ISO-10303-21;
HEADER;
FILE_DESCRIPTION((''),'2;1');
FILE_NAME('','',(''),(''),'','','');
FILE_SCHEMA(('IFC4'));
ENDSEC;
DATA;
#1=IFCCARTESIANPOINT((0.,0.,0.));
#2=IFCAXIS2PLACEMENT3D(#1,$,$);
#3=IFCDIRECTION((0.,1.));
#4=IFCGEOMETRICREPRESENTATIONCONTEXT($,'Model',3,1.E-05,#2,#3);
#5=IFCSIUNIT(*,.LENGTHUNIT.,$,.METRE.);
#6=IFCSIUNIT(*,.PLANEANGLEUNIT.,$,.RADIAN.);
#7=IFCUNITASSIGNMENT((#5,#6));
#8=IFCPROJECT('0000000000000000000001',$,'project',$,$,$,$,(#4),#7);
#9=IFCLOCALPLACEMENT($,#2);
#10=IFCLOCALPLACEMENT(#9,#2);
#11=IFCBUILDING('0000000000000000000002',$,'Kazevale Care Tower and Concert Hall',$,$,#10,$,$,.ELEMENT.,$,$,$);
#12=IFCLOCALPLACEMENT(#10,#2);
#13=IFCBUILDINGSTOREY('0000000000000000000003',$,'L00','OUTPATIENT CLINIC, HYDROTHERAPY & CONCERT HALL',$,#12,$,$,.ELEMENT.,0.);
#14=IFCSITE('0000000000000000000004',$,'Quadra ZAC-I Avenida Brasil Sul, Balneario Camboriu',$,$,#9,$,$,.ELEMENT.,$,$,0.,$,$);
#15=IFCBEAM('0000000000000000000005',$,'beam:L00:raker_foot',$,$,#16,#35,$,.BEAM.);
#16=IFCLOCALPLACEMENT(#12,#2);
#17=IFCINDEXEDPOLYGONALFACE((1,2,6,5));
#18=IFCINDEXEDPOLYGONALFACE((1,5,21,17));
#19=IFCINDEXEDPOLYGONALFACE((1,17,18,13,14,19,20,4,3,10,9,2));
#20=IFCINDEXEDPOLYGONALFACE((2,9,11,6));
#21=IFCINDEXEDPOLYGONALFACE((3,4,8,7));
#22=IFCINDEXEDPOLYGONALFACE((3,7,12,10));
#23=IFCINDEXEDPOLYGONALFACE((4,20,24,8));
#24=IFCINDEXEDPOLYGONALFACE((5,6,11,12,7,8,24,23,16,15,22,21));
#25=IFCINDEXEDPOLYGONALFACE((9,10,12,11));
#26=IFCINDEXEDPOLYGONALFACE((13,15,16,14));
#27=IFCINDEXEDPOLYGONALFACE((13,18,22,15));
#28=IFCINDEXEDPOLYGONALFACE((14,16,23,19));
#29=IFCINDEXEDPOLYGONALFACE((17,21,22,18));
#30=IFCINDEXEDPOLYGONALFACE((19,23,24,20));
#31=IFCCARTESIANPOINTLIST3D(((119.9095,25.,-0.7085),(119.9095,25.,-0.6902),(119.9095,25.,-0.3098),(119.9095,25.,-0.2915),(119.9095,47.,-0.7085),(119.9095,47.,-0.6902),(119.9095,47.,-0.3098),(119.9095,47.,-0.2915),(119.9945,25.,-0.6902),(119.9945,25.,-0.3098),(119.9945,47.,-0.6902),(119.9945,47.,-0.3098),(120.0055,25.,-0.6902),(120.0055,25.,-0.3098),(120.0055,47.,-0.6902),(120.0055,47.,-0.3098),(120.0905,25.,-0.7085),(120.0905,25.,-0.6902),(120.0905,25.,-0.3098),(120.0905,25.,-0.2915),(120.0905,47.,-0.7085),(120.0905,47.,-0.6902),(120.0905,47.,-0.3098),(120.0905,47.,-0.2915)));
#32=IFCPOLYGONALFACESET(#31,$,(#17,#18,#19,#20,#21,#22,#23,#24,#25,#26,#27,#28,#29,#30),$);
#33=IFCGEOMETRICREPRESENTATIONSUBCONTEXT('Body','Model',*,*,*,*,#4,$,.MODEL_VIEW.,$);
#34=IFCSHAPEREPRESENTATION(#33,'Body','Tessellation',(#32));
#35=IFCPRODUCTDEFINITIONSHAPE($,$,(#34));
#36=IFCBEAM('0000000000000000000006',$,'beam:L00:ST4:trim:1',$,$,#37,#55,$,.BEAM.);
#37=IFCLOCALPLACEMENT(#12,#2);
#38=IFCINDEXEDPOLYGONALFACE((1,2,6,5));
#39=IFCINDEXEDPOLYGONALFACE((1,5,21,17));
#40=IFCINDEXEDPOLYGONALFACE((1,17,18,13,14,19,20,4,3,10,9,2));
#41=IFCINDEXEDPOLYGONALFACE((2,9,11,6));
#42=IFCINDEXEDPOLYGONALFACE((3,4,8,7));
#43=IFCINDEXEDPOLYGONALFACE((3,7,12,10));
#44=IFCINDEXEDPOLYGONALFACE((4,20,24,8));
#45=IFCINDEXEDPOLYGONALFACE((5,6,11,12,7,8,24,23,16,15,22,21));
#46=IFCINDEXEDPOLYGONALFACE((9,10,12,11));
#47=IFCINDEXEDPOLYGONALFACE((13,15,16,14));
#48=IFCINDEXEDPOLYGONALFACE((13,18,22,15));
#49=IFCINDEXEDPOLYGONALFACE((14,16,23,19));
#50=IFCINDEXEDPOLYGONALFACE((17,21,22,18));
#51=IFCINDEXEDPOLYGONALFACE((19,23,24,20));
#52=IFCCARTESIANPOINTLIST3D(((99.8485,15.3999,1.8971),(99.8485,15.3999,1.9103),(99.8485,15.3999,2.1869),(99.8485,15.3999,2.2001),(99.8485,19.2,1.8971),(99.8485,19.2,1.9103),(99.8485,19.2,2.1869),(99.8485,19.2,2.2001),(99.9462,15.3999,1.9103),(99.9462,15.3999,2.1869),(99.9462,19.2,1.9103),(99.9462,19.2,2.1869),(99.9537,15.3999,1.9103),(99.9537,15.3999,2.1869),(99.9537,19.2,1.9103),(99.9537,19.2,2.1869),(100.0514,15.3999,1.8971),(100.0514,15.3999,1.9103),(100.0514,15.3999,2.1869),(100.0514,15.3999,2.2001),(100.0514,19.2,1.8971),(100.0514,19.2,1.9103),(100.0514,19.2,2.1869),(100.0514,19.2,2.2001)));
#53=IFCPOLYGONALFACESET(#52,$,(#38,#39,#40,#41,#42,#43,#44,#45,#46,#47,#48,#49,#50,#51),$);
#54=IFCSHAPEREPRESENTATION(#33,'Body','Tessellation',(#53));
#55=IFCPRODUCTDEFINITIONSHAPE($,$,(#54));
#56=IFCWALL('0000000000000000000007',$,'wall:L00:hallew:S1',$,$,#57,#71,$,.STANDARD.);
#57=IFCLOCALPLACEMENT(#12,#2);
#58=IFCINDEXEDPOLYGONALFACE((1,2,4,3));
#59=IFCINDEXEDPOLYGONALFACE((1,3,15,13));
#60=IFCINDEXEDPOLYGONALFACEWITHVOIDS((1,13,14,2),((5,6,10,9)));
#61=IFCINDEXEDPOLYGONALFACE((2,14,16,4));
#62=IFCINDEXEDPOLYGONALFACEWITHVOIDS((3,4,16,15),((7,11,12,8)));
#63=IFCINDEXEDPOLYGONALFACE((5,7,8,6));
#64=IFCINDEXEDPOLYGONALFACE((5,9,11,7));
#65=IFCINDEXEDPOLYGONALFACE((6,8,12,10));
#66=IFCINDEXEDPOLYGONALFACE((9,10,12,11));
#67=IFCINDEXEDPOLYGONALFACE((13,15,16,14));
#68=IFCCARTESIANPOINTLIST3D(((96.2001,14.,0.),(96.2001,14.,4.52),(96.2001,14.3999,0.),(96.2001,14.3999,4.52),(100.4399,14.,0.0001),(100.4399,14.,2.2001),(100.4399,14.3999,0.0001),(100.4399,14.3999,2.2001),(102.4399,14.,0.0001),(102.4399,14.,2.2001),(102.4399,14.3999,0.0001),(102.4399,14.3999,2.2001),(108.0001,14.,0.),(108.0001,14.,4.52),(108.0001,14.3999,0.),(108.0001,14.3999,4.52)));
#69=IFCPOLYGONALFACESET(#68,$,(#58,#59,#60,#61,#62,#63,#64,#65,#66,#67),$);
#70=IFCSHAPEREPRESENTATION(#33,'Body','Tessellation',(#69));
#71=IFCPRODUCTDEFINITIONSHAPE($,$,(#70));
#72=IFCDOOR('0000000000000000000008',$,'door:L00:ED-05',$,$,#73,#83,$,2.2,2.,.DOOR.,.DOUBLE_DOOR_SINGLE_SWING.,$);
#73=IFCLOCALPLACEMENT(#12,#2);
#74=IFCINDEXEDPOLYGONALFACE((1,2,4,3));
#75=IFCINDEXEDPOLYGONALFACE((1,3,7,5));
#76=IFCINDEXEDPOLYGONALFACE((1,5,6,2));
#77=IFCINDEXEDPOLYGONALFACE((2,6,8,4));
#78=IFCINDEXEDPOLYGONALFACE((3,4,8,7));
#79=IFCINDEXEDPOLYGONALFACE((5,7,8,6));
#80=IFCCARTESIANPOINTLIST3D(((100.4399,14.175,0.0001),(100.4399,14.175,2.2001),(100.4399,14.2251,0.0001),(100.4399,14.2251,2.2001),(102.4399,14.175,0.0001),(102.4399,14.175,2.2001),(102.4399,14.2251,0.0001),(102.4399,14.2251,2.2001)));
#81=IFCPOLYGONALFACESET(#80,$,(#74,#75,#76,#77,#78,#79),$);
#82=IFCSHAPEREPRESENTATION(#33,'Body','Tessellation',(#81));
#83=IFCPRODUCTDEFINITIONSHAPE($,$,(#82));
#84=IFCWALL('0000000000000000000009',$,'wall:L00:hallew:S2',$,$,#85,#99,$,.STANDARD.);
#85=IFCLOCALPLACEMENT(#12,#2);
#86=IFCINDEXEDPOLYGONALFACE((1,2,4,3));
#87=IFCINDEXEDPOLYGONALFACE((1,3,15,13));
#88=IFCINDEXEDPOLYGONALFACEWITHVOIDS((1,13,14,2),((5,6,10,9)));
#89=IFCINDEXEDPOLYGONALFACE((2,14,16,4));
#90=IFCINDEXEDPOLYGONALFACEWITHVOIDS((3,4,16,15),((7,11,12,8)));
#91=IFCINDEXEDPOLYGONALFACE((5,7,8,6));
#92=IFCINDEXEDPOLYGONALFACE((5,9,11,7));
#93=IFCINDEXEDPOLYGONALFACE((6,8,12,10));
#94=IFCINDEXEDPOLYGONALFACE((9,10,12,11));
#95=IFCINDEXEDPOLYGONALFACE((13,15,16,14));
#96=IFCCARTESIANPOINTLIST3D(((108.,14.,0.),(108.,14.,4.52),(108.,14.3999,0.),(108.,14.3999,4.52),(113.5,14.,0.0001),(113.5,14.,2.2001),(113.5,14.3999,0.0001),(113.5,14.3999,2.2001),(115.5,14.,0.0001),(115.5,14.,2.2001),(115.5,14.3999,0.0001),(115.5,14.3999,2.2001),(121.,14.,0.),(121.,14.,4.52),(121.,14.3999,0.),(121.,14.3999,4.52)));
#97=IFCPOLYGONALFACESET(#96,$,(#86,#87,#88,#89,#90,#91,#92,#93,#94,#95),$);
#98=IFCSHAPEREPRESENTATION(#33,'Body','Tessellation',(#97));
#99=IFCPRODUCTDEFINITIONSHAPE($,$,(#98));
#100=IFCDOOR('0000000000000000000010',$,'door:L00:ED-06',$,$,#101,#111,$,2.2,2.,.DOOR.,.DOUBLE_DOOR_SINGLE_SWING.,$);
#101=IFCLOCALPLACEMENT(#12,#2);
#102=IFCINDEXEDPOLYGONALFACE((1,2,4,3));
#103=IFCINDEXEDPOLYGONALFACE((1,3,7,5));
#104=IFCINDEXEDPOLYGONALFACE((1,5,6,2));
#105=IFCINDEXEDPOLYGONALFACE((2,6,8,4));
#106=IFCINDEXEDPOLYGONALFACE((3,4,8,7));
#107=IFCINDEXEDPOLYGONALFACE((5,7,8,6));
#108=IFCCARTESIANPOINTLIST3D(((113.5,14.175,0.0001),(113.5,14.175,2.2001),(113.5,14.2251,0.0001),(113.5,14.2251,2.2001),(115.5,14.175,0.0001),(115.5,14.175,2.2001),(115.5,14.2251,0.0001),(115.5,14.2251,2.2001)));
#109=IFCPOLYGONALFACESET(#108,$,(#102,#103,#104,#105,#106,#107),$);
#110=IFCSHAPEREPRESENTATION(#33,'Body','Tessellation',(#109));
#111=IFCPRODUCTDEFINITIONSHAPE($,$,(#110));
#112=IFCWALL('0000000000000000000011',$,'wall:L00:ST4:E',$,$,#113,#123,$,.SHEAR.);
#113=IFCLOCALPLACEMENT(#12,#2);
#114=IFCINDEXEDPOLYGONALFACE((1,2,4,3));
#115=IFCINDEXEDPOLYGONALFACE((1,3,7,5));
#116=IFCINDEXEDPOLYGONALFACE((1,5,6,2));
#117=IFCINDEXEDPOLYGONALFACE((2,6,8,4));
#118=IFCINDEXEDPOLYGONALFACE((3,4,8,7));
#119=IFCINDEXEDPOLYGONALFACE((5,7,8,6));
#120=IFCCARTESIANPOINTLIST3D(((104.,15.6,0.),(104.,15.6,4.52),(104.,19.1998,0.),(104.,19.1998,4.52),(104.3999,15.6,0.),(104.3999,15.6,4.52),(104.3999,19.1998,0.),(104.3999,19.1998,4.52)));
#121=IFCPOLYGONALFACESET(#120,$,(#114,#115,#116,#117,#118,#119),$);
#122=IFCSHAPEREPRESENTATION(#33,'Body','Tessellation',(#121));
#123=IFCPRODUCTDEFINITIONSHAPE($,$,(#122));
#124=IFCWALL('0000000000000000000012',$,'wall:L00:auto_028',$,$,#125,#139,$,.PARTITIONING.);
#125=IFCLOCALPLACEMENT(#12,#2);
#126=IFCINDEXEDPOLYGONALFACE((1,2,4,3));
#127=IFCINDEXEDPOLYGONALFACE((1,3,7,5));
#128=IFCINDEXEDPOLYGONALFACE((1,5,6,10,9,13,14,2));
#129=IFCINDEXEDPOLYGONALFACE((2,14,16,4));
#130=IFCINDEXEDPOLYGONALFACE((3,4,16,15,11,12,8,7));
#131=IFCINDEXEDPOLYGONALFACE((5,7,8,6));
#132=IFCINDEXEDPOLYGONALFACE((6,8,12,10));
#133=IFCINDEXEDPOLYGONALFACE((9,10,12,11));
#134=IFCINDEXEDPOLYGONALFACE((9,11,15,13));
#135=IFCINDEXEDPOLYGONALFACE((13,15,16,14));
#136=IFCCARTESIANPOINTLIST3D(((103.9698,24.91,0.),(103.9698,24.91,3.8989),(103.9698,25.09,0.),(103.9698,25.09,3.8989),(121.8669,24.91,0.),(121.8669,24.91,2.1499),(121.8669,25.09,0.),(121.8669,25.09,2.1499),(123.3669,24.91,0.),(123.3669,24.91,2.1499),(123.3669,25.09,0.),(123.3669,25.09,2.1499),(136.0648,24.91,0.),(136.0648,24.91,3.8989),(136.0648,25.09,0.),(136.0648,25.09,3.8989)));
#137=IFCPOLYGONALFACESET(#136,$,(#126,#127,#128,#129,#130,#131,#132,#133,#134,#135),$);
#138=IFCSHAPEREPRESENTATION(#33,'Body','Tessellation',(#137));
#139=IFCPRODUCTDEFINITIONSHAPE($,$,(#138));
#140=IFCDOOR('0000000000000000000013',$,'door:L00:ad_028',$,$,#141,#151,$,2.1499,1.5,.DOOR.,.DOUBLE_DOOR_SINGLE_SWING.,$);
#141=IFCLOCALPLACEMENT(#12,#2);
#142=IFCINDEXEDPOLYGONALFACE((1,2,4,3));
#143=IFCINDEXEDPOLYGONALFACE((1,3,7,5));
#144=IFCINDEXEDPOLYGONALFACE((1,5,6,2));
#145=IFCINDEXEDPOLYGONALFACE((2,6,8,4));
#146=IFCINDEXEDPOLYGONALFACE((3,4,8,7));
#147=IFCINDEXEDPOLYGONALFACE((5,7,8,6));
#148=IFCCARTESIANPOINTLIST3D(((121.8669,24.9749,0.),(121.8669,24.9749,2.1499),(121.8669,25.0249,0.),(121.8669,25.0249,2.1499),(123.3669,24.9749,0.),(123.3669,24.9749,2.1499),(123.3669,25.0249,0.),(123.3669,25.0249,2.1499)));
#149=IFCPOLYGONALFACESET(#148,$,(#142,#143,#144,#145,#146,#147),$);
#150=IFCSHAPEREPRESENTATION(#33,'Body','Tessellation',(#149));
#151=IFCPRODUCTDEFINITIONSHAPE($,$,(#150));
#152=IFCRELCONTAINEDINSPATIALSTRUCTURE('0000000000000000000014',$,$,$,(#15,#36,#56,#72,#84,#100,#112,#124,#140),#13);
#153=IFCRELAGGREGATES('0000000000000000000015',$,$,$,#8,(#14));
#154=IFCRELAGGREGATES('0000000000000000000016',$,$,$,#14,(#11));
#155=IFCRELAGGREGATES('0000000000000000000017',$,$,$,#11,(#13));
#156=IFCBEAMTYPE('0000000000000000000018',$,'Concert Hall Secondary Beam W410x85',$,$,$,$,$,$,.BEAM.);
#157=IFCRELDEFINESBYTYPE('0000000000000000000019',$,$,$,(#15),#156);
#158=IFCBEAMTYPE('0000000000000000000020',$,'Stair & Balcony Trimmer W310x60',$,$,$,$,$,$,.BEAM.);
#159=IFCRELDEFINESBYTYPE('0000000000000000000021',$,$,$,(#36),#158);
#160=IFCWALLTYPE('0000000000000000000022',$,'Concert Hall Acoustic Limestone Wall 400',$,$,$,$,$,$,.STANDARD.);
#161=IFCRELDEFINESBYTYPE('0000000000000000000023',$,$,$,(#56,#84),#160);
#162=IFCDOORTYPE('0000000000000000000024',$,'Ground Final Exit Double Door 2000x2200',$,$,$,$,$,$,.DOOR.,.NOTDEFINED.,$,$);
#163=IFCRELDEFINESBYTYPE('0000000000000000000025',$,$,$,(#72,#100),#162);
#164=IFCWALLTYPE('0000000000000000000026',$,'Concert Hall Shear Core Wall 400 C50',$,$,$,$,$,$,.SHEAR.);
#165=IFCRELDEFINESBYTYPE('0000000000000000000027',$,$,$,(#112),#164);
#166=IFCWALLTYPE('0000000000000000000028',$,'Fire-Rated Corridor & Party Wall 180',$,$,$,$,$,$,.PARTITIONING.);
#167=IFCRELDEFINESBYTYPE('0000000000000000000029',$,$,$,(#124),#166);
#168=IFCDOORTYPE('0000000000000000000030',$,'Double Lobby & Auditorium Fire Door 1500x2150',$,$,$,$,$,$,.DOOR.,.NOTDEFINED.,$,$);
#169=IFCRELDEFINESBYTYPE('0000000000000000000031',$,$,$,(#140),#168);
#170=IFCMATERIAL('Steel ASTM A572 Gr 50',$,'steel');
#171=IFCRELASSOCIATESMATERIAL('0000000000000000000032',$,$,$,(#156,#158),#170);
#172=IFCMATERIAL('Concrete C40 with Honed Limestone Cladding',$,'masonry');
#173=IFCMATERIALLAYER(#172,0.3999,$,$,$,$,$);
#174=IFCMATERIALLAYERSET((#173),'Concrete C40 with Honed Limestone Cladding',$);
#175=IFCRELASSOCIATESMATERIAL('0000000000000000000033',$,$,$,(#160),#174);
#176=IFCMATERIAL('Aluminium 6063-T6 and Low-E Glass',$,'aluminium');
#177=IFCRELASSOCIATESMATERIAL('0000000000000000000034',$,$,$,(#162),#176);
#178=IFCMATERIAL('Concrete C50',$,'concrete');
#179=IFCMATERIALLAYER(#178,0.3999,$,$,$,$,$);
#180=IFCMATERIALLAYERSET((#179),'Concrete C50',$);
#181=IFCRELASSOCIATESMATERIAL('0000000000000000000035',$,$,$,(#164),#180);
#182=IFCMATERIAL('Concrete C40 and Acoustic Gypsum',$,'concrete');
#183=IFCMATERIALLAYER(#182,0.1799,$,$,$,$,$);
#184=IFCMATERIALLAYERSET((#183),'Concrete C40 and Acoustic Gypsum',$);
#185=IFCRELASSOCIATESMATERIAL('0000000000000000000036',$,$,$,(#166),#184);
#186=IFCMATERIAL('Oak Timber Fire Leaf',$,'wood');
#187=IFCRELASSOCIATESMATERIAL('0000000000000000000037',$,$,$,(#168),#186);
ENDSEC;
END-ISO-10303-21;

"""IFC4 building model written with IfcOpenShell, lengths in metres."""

from ifc_helpers import new_model, si_unit, direction, frame, frame_2d, origin, origin_2d, place, context, subcontext, project, spatial, rectangle, i_section, extrude, material, layer, layer_set, material_profile, profile_set, type_object, element, fill, save


model = new_model("IFC4")

# Units and contexts
model_context = context("Model", 3, precision=1e-05, world=origin(), true_north=direction((0.0, 1.0)))
body_context = subcontext(model_context, "Body", "Model", "MODEL_VIEW")
ifc_project = project(units=[si_unit("LENGTHUNIT", "METRE"), si_unit("PLANEANGLEUNIT", "RADIAN")], contexts=[model_context])

# Site, building, storey
site_placement = place(None, origin())
site = spatial("IfcSite", under=ifc_project, at=site_placement, Name="Quadra ZAC-I Avenida Brasil Sul, Balneario Camboriu", CompositionType="ELEMENT", RefElevation=0.0)
building_placement = place(site_placement, origin())
building = spatial("IfcBuilding", under=site, at=building_placement, Name="Kazevale Care Tower and Concert Hall", CompositionType="ELEMENT")
storey_placement = place(building_placement, origin())
storey = spatial("IfcBuildingStorey", under=building, at=storey_placement, Name="L00", Description="OUTPATIENT CLINIC, HYDROTHERAPY & CONCERT HALL", CompositionType="ELEMENT", Elevation=0.0)

# Shared definitions
ifc_material_1 = material(Name="Concrete C50", Category="concrete")

# Beams
ifc_material_2 = material(Name="Steel ASTM A572 Gr 50", Category="steel")
ifc_material_profile_1 = material_profile(ifc_material_2, i_section(OverallWidth=0.1809, OverallDepth=0.417, WebThickness=0.011, FlangeThickness=0.0183, at=origin_2d()), Name="W410x85")
ifc_profile_set_1 = profile_set([ifc_material_profile_1], Name="Steel ASTM A572 Gr 50")
beam_type_1 = type_object("IfcBeamType", Name="Concert Hall Secondary Beam W410x85", PredefinedType="BEAM", material=ifc_profile_set_1)
beam_1_placement = place(storey_placement, frame((120.0, 25.0, -0.5), z_axis=(0.0, 1.0, 0.0), x_axis=(-1.0, 0.0, 0.0)))
element("IfcBeam", 1, at=beam_1_placement, inside=storey, type_object=beam_type_1, Name="beam:L00:raker_foot", PredefinedType="BEAM", context=body_context, shape_type="SweptSolid", body=[
    extrude(i_section(OverallWidth=0.1809, OverallDepth=0.417, WebThickness=0.011, FlangeThickness=0.0183, at=origin_2d()), origin(), (0.0, 0.0, 1.0), 22.0),
])
ifc_material_profile_2 = material_profile(ifc_material_2, i_section(OverallWidth=0.2029, OverallDepth=0.303, WebThickness=0.0076, FlangeThickness=0.0132, at=origin_2d()), Name="W310x60")
ifc_profile_set_2 = profile_set([ifc_material_profile_2], Name="Steel ASTM A572 Gr 50")
beam_type_2 = type_object("IfcBeamType", Name="Stair & Balcony Trimmer W310x60", PredefinedType="BEAM", material=ifc_profile_set_2)
beam_2_placement = place(storey_placement, frame((99.95, 15.3999, 2.0486), z_axis=(0.0, 1.0, 0.0), x_axis=(-1.0, 0.0, 0.0)))
element("IfcBeam", 2, at=beam_2_placement, inside=storey, type_object=beam_type_2, Name="beam:L00:ST4:trim:1", PredefinedType="BEAM", context=body_context, shape_type="SweptSolid", body=[
    extrude(i_section(OverallWidth=0.2029, OverallDepth=0.303, WebThickness=0.0076, FlangeThickness=0.0132, at=origin_2d()), origin(), (0.0, 0.0, 1.0), 3.8),
])

# Walls, openings, doors
ifc_material_3 = material(Name="Concrete C40 with Honed Limestone Cladding", Category="masonry")
ifc_layer_1 = layer(ifc_material_3, 0.3999)
ifc_layer_set_1 = layer_set([ifc_layer_1], Name="Concrete C40 with Honed Limestone Cladding")
wall_type_1 = type_object("IfcWallType", Name="Concert Hall Acoustic Limestone Wall 400", PredefinedType="STANDARD", material=ifc_layer_set_1)
wall_1_placement = place(storey_placement, frame((108.0, 14.2, 0.0), z_axis=(0.0, 0.0, 1.0), x_axis=(-1.0, 0.0, 0.0)))
wall_1 = element("IfcWall", 3, at=wall_1_placement, inside=storey, type_object=wall_type_1, Name="wall:L00:hallew:S1", PredefinedType="STANDARD", context=body_context, shape_type="SweptSolid", body=[
    extrude(rectangle(XDim=11.8, YDim=0.3999, at=frame_2d((5.8999, 0.0))), origin(), (0.0, 0.0, 1.0), 4.52),
])
opening_1_placement = place(wall_1_placement, frame((5.5601, 0.0, 0.0)))
opening_1 = element("IfcOpeningElement", 4, at=opening_1_placement, cuts=wall_1, PredefinedType="OPENING", context=body_context, shape_type="SweptSolid", body=[
    extrude(rectangle(XDim=2.0, YDim=2.2, at=frame_2d((1.0, 1.1001))), frame((0.0, 0.21, 0.0), z_axis=(0.0, -1.0, 0.0), x_axis=(1.0, 0.0, 0.0)), (0.0, 0.0, 1.0), 0.4199),
])
ifc_material_4 = material(Name="Aluminium 6063-T6 and Low-E Glass", Category="aluminium")
door_type_1 = type_object("IfcDoorType", Name="Ground Final Exit Double Door 2000x2200", OperationType="NOTDEFINED", PredefinedType="DOOR", material=ifc_material_4)
door_1_placement = place(opening_1_placement, origin())
door_1 = element("IfcDoor", 5, at=door_1_placement, inside=storey, type_object=door_type_1, Name="door:L00:ED-05", OperationType="DOUBLE_DOOR_SINGLE_SWING", OverallHeight=2.2, OverallWidth=2.0, PredefinedType="DOOR", context=body_context, shape_type="SweptSolid", body=[
    extrude(rectangle(XDim=2.0, YDim=2.2, at=frame_2d((1.0, 1.1001))), frame((0.0, 0.0249, 0.0), z_axis=(0.0, -1.0, 0.0), x_axis=(1.0, 0.0, 0.0)), (0.0, 0.0, 1.0), 0.05),
])
fill(opening_1, door_1)
wall_2_placement = place(storey_placement, frame((121.0, 14.2, 0.0), z_axis=(0.0, 0.0, 1.0), x_axis=(-1.0, 0.0, 0.0)))
wall_2 = element("IfcWall", 6, at=wall_2_placement, inside=storey, type_object=wall_type_1, Name="wall:L00:hallew:S2", PredefinedType="STANDARD", context=body_context, shape_type="SweptSolid", body=[
    extrude(rectangle(XDim=13.0, YDim=0.3999, at=frame_2d((6.5, 0.0))), origin(), (0.0, 0.0, 1.0), 4.52),
])
opening_2_placement = place(wall_2_placement, frame((5.5, 0.0, 0.0)))
opening_2 = element("IfcOpeningElement", 7, at=opening_2_placement, cuts=wall_2, PredefinedType="OPENING", context=body_context, shape_type="SweptSolid", body=[
    extrude(rectangle(XDim=2.0, YDim=2.2, at=frame_2d((1.0, 1.1001))), frame((0.0, 0.21, 0.0), z_axis=(0.0, -1.0, 0.0), x_axis=(1.0, 0.0, 0.0)), (0.0, 0.0, 1.0), 0.4199),
])
door_2_placement = place(opening_2_placement, origin())
door_2 = element("IfcDoor", 8, at=door_2_placement, inside=storey, type_object=door_type_1, Name="door:L00:ED-06", OperationType="DOUBLE_DOOR_SINGLE_SWING", OverallHeight=2.2, OverallWidth=2.0, PredefinedType="DOOR", context=body_context, shape_type="SweptSolid", body=[
    extrude(rectangle(XDim=2.0, YDim=2.2, at=frame_2d((1.0, 1.1001))), frame((0.0, 0.0249, 0.0), z_axis=(0.0, -1.0, 0.0), x_axis=(1.0, 0.0, 0.0)), (0.0, 0.0, 1.0), 0.05),
])
fill(opening_2, door_2)

# Wall
ifc_layer_2 = layer(ifc_material_1, 0.3999)
ifc_layer_set_2 = layer_set([ifc_layer_2], Name="Concrete C50")
wall_type_2 = type_object("IfcWallType", Name="Concert Hall Shear Core Wall 400 C50", PredefinedType="SHEAR", material=ifc_layer_set_2)
wall_3_placement = place(storey_placement, frame((104.2, 15.6001, 0.0), z_axis=(0.0, 0.0, 1.0), x_axis=(0.0, 1.0, 0.0)))
element("IfcWall", 9, at=wall_3_placement, inside=storey, type_object=wall_type_2, Name="wall:L00:ST4:E", PredefinedType="SHEAR", context=body_context, shape_type="SweptSolid", body=[
    extrude(rectangle(XDim=3.5999, YDim=0.3999, at=frame_2d((1.7998, 0.0))), origin(), (0.0, 0.0, 1.0), 4.52),
])

# Wall, opening, door
ifc_material_5 = material(Name="Concrete C40 and Acoustic Gypsum", Category="concrete")
ifc_layer_3 = layer(ifc_material_5, 0.1799)
ifc_layer_set_3 = layer_set([ifc_layer_3], Name="Concrete C40 and Acoustic Gypsum")
wall_type_3 = type_object("IfcWallType", Name="Fire-Rated Corridor & Party Wall 180", PredefinedType="PARTITIONING", material=ifc_layer_set_3)
wall_4_placement = place(storey_placement, frame((103.97, 25.0, 0.0), z_axis=(0.0, 0.0, 1.0), x_axis=(1.0, 0.0, 0.0)))
wall_4 = element("IfcWall", 10, at=wall_4_placement, inside=storey, type_object=wall_type_3, Name="wall:L00:auto_028", PredefinedType="PARTITIONING", context=body_context, shape_type="SweptSolid", body=[
    extrude(rectangle(XDim=32.095, YDim=0.1799, at=frame_2d((16.0474, 0.0))), origin(), (0.0, 0.0, 1.0), 3.8989),
])
opening_3_placement = place(wall_4_placement, frame((17.897, 0.0, 0.0)))
opening_3 = element("IfcOpeningElement", 11, at=opening_3_placement, cuts=wall_4, PredefinedType="OPENING", context=body_context, shape_type="SweptSolid", body=[
    extrude(rectangle(XDim=1.5, YDim=2.1499, at=frame_2d((0.75, 1.075))), frame((0.0, 0.0999, 0.0), z_axis=(0.0, -1.0, 0.0), x_axis=(1.0, 0.0, 0.0)), (0.0, 0.0, 1.0), 0.2),
])
ifc_material_6 = material(Name="Oak Timber Fire Leaf", Category="wood")
door_type_2 = type_object("IfcDoorType", Name="Double Lobby & Auditorium Fire Door 1500x2150", OperationType="NOTDEFINED", PredefinedType="DOOR", material=ifc_material_6)
door_3_placement = place(opening_3_placement, origin())
door_3 = element("IfcDoor", 12, at=door_3_placement, inside=storey, type_object=door_type_2, Name="door:L00:ad_028", OperationType="DOUBLE_DOOR_SINGLE_SWING", OverallHeight=2.1499, OverallWidth=1.5, PredefinedType="DOOR", context=body_context, shape_type="SweptSolid", body=[
    extrude(rectangle(XDim=1.5, YDim=2.1499, at=frame_2d((0.75, 1.075))), frame((0.0, 0.0249, 0.0), z_axis=(0.0, -1.0, 0.0), x_axis=(1.0, 0.0, 0.0)), (0.0, 0.0, 1.0), 0.05),
])
fill(opening_3, door_3)

save(model, "model.ifc")
